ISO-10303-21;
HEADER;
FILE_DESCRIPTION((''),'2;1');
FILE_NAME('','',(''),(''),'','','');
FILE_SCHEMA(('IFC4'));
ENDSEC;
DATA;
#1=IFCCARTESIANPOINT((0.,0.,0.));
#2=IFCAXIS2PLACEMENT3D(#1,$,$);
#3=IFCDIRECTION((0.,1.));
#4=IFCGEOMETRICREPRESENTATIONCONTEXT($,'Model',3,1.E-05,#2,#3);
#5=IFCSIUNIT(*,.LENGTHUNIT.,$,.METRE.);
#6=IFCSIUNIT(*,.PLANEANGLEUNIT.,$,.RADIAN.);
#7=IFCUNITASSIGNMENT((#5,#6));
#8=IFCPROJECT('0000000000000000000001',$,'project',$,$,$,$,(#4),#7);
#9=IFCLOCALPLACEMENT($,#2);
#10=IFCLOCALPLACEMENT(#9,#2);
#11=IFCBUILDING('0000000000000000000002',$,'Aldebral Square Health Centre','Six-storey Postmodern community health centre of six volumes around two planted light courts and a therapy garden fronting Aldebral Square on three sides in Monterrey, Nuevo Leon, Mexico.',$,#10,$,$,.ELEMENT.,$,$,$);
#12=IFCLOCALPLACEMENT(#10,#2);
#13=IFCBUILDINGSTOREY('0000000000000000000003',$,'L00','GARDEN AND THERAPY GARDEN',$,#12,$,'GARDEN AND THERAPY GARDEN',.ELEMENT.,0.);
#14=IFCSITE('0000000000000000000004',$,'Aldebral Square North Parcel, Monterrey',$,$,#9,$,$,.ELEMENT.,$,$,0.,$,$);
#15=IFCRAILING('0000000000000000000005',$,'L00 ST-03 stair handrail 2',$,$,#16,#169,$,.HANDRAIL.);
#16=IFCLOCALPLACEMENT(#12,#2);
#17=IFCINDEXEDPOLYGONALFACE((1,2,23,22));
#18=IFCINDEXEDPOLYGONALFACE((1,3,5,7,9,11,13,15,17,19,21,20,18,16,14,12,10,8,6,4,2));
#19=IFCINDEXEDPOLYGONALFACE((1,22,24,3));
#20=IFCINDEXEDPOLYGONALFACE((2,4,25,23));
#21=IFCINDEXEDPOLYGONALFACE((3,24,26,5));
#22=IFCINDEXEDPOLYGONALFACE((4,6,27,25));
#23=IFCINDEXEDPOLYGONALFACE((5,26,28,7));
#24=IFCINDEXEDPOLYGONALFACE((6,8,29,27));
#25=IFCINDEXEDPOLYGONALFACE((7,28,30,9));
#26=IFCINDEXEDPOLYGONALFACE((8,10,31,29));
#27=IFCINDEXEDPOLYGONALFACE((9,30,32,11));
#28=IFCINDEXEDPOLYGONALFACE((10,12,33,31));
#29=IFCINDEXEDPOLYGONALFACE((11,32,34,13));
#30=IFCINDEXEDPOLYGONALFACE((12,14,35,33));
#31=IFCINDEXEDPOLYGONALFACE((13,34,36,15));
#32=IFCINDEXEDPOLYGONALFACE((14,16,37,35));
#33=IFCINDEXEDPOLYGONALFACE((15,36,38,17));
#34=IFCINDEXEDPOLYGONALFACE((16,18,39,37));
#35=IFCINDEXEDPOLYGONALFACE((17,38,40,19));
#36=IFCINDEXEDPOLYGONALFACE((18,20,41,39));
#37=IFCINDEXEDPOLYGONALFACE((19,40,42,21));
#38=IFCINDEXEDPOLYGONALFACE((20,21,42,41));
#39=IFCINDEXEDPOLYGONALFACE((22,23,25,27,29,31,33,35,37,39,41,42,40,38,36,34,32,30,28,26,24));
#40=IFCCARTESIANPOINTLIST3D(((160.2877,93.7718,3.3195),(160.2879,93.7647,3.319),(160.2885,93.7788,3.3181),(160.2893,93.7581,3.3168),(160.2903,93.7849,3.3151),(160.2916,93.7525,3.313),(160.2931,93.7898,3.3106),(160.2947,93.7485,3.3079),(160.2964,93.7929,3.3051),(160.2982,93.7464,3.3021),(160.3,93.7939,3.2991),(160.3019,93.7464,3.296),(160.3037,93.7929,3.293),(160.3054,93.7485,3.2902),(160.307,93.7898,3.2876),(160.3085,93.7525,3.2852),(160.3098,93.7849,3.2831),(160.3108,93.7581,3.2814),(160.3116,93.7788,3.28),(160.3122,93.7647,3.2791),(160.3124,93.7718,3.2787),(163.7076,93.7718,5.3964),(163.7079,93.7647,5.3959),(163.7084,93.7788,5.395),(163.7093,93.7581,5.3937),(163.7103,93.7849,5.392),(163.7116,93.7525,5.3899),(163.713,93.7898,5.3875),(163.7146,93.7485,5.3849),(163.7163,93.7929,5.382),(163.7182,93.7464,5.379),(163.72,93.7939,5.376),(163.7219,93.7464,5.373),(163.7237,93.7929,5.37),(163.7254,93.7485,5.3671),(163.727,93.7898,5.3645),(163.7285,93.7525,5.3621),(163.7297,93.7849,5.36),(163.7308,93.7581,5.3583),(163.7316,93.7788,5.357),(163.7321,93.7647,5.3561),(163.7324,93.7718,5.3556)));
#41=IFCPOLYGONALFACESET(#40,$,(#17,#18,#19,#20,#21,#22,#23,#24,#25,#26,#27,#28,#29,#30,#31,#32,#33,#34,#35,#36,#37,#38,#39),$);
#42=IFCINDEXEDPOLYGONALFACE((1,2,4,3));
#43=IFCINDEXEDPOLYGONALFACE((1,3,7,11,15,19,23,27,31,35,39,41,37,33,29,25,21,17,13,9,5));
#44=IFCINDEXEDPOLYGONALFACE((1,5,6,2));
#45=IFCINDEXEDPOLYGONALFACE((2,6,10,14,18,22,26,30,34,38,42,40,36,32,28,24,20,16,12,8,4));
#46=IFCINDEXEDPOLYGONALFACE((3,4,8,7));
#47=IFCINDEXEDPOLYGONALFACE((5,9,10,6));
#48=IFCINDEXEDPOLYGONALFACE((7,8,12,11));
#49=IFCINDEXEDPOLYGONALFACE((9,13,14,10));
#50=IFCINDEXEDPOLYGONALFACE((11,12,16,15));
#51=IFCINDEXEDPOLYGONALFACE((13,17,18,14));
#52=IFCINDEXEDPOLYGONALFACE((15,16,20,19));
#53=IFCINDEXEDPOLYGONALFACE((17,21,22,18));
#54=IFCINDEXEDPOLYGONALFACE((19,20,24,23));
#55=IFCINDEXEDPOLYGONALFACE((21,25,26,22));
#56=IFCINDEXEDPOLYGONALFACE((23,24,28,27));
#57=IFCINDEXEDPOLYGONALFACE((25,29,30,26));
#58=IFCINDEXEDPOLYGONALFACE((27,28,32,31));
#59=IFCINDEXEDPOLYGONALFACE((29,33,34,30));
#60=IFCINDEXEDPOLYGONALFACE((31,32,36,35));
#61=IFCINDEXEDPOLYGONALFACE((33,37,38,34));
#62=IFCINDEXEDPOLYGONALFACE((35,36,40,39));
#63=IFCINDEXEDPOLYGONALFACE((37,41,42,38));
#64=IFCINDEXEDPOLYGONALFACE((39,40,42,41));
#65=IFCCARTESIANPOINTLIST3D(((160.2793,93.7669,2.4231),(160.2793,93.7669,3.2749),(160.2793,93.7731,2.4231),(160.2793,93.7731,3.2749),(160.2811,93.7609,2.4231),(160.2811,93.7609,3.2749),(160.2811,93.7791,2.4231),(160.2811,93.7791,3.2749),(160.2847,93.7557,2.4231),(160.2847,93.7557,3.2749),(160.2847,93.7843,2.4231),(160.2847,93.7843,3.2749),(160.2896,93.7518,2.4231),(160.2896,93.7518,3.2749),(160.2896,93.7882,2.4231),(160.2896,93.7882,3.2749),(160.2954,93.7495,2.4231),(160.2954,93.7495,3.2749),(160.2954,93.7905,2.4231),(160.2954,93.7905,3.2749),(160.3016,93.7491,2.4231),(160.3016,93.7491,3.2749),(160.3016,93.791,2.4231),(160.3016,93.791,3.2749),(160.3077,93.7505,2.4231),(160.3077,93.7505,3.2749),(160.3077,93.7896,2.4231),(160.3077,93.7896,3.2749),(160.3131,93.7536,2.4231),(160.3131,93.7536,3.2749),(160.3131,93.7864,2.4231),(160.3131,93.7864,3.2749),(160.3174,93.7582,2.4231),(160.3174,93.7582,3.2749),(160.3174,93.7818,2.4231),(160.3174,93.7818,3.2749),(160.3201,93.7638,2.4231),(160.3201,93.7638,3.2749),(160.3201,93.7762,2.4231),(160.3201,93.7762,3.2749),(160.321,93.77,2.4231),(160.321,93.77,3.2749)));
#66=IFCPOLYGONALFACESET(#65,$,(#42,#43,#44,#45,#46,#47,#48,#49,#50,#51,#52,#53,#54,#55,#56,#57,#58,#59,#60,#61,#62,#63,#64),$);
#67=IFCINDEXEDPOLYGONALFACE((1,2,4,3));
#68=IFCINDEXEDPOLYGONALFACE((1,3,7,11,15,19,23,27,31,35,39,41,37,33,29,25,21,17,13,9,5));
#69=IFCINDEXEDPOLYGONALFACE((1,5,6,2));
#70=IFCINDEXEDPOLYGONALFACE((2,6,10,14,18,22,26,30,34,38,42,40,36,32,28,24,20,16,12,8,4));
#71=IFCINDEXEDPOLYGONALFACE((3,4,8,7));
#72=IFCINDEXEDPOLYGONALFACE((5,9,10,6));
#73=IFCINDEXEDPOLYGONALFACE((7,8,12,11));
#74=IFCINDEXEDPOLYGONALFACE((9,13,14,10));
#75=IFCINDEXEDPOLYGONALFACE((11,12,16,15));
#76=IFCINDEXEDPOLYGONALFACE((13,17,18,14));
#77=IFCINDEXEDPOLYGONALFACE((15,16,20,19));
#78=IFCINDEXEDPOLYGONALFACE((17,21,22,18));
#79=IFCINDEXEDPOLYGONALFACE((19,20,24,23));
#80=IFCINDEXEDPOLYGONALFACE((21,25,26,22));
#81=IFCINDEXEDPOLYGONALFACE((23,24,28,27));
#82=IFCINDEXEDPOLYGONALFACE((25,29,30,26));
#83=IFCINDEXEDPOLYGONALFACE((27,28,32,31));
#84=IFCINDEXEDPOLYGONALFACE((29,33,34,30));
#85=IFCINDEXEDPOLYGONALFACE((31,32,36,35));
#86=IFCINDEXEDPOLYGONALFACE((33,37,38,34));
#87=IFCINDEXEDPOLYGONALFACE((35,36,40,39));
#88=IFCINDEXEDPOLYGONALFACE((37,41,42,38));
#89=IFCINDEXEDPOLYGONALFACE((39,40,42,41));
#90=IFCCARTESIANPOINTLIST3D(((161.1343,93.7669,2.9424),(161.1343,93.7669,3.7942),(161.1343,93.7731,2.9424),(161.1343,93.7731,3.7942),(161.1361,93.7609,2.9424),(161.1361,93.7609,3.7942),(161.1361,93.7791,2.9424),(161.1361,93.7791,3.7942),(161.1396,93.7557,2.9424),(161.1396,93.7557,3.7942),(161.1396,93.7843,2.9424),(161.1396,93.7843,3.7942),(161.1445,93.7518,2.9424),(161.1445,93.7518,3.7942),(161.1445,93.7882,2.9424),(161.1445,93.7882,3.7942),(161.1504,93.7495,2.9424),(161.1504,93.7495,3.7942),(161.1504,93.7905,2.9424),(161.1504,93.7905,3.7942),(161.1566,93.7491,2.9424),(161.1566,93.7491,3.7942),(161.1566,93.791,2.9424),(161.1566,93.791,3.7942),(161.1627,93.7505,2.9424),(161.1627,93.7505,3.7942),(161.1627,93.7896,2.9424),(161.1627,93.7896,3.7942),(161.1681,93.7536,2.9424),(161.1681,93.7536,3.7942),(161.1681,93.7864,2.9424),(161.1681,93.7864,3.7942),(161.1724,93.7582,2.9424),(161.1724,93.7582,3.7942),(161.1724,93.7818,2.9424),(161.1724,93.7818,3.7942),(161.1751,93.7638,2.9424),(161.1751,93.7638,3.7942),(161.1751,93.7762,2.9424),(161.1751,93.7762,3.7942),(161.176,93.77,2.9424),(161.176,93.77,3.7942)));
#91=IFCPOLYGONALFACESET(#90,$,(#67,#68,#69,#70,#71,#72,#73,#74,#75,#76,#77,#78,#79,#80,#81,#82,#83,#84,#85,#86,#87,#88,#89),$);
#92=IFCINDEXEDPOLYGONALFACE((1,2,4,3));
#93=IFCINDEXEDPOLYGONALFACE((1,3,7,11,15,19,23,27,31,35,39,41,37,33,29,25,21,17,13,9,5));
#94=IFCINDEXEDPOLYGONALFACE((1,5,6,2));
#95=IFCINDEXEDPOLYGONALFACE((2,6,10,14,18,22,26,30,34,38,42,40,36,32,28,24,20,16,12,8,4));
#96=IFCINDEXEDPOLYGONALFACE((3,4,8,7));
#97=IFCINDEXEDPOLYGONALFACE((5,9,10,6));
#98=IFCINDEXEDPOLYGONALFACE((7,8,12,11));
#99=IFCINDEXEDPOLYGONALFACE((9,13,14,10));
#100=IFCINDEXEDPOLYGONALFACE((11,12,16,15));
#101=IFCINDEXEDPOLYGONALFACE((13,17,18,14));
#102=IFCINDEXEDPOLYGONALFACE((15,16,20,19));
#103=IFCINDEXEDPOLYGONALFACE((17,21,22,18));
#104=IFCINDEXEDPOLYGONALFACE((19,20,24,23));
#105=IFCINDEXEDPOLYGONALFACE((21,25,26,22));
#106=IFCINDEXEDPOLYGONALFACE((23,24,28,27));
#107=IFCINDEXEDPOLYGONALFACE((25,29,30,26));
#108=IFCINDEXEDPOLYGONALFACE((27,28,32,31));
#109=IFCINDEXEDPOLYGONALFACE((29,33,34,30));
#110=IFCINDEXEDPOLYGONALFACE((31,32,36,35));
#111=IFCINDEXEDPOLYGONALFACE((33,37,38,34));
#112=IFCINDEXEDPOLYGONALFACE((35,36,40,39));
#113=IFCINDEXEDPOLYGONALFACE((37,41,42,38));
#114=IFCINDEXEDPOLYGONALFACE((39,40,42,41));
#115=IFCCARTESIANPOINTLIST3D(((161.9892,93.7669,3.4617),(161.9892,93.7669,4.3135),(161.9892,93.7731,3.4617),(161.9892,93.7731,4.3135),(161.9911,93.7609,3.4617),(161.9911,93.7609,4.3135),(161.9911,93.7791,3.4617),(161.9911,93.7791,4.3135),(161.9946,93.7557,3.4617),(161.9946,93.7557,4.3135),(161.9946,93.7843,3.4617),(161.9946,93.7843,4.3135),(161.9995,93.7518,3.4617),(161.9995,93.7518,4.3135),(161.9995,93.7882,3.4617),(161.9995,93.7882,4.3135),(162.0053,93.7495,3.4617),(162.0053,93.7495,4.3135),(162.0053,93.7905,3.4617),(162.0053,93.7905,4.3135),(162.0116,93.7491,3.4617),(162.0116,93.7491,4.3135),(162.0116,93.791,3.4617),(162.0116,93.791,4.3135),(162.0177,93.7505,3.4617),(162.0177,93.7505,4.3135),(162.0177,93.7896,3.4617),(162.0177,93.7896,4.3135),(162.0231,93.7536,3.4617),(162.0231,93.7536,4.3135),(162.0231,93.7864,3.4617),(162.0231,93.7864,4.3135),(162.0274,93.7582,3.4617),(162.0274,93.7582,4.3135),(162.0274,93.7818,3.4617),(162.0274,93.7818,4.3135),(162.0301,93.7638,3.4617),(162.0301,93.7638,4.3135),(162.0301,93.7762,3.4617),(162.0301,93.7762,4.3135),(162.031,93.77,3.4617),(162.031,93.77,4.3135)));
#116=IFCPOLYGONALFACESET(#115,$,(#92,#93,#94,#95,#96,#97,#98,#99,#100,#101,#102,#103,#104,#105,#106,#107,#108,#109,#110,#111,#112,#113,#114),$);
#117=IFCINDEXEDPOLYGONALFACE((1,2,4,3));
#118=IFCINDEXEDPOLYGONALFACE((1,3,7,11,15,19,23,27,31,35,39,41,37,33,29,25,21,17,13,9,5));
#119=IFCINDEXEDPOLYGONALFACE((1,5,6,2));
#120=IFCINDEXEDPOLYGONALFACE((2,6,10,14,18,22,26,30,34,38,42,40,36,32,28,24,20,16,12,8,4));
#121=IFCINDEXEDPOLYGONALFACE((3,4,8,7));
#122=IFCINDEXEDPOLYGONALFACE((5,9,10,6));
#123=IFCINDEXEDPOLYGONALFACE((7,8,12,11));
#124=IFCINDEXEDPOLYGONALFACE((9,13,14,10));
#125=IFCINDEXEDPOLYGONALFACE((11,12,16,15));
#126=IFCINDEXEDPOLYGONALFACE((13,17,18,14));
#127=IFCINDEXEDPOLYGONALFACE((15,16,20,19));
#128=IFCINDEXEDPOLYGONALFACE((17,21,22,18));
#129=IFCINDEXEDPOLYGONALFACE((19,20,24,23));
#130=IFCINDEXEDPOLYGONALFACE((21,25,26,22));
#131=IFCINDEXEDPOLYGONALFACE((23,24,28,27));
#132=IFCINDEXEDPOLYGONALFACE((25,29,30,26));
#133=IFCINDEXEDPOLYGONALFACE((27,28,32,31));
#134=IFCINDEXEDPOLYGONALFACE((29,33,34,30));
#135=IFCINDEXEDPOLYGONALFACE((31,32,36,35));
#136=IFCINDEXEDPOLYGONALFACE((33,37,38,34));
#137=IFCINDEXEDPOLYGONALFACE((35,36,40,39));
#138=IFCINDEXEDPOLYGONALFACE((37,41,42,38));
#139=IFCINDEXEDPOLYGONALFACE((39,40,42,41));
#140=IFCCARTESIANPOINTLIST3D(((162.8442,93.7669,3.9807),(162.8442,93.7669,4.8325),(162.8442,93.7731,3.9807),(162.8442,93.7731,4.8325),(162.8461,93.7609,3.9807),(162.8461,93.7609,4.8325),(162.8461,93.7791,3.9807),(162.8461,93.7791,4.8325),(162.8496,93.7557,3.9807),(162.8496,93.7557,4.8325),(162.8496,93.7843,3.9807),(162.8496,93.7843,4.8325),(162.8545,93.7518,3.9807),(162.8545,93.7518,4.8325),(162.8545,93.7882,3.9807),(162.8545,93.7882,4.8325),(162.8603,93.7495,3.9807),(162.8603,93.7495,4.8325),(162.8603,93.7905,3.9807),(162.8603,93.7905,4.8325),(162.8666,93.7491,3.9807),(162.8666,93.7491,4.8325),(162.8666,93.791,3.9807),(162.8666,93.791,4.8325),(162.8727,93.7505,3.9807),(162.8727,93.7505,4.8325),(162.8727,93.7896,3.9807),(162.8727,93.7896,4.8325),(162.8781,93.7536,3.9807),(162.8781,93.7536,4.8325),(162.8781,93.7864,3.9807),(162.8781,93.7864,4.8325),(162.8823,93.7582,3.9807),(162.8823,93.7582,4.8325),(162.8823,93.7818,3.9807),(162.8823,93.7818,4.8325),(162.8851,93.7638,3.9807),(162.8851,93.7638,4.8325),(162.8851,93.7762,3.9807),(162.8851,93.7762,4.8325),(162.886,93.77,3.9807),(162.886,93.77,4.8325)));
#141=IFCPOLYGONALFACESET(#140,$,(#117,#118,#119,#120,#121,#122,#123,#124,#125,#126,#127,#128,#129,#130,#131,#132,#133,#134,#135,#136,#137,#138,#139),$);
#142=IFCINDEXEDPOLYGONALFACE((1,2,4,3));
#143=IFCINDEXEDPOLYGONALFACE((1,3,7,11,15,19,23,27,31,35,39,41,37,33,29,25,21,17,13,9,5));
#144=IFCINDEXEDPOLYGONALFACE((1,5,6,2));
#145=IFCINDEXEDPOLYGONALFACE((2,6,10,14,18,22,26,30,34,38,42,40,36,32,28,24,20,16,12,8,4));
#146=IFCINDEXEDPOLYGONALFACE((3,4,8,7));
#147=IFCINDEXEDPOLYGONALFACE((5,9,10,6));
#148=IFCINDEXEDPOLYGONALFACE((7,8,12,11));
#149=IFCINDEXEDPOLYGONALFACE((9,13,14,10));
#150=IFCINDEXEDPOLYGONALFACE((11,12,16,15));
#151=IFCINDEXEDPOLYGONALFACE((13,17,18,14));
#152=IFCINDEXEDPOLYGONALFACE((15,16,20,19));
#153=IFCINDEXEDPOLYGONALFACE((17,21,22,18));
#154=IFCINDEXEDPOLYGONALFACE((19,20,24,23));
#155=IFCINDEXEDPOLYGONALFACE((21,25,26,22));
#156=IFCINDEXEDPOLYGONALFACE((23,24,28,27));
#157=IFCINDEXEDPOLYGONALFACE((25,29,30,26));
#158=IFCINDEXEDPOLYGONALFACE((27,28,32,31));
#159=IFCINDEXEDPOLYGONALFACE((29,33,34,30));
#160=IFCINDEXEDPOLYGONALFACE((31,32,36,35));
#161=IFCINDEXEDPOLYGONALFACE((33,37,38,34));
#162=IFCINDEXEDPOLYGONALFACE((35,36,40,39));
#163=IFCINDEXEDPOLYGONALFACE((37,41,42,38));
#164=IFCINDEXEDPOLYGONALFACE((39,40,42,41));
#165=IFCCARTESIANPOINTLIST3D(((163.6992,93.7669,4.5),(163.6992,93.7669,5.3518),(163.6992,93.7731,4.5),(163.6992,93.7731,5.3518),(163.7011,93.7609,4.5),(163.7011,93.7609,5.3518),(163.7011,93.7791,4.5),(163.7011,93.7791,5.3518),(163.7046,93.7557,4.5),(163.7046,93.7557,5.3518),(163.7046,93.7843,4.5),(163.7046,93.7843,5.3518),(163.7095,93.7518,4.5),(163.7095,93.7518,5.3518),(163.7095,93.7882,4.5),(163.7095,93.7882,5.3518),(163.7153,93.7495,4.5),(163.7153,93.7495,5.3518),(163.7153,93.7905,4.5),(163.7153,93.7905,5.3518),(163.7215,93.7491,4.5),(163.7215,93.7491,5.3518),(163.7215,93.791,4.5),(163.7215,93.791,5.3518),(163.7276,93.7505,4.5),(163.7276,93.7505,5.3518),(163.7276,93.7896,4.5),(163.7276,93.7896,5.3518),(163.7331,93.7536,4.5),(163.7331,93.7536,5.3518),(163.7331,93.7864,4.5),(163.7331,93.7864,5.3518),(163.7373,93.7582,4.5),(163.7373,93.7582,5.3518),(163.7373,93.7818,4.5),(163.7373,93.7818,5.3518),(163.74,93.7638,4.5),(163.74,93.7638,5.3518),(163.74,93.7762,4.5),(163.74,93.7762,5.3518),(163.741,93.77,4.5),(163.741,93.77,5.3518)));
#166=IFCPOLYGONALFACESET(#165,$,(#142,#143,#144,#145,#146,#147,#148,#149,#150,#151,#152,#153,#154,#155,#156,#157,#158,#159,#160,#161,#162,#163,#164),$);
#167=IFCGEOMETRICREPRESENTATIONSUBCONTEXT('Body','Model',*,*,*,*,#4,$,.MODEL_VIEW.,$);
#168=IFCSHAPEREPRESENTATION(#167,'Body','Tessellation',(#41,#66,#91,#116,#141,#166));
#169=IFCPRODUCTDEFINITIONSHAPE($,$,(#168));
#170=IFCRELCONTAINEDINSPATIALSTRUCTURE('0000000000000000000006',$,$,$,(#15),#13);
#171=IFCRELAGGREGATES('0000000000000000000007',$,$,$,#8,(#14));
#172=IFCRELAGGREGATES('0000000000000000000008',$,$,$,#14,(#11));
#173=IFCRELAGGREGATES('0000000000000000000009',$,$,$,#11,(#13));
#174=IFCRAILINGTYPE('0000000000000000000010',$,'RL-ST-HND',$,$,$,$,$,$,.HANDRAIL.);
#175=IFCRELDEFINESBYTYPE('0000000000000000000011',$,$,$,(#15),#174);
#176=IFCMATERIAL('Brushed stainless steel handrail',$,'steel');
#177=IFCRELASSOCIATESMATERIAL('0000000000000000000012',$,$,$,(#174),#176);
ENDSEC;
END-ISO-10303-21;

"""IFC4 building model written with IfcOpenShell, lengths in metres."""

from ifc_helpers import new_model, si_unit, direction, frame, origin, origin_2d, place, context, subcontext, project, spatial, circle, extrude, material, type_object, element, save


model = new_model("IFC4")

# Units and contexts
model_context = context("Model", 3, precision=1e-05, world=origin(), true_north=direction((0.0, 1.0)))
body_context = subcontext(model_context, "Body", "Model", "MODEL_VIEW")
ifc_project = project(units=[si_unit("LENGTHUNIT", "METRE"), si_unit("PLANEANGLEUNIT", "RADIAN")], contexts=[model_context])

# Site, building, storey
site_placement = place(None, origin())
site = spatial("IfcSite", under=ifc_project, at=site_placement, Name="Aldebral Square North Parcel, Monterrey", CompositionType="ELEMENT", RefElevation=0.0)
building_placement = place(site_placement, origin())
building = spatial("IfcBuilding", under=site, at=building_placement, Name="Aldebral Square Health Centre", Description="Six-storey Postmodern community health centre of six volumes around two planted light courts and a therapy garden fronting Aldebral Square on three sides in Monterrey, Nuevo Leon, Mexico.", CompositionType="ELEMENT")
storey_placement = place(building_placement, origin())
storey = spatial("IfcBuildingStorey", under=building, at=storey_placement, Name="L00", Description="GARDEN AND THERAPY GARDEN", LongName="GARDEN AND THERAPY GARDEN", CompositionType="ELEMENT", Elevation=0.0)

# Railing
ifc_material_1 = material(Name="Brushed stainless steel handrail", Category="steel")
railing_type_1 = type_object("IfcRailingType", Name="RL-ST-HND", PredefinedType="HANDRAIL", material=ifc_material_1)
railing_1_placement = place(storey_placement, frame((160.3, 93.77, 2.4231)))
element("IfcRailing", 1, at=railing_1_placement, inside=storey, type_object=railing_type_1, Name="L00 ST-03 stair handrail 2", PredefinedType="HANDRAIL", context=body_context, shape_type="SweptSolid", body=[
    extrude(circle(Radius=0.0239, at=origin_2d()), frame((0.0, 0.0, 0.876), z_axis=(0.85473, 0.0, 0.519074), x_axis=(0.0, 1.0, 0.0)), (0.0, 0.0, 1.0), 4.0012),
    extrude(circle(Radius=0.021, at=origin_2d()), origin(), (0.0, 0.0, 1.0), 0.8518),
    extrude(circle(Radius=0.021, at=origin_2d()), frame((0.855, 0.0, 0.5193)), (0.0, 0.0, 1.0), 0.8518),
    extrude(circle(Radius=0.021, at=origin_2d()), frame((1.71, 0.0, 1.0386)), (0.0, 0.0, 1.0), 0.8518),
    extrude(circle(Radius=0.021, at=origin_2d()), frame((2.5649, 0.0, 1.5576)), (0.0, 0.0, 1.0), 0.8518),
    extrude(circle(Radius=0.021, at=origin_2d()), frame((3.4199, 0.0, 2.0769)), (0.0, 0.0, 1.0), 0.8518),
])

save(model, "model.ifc")
